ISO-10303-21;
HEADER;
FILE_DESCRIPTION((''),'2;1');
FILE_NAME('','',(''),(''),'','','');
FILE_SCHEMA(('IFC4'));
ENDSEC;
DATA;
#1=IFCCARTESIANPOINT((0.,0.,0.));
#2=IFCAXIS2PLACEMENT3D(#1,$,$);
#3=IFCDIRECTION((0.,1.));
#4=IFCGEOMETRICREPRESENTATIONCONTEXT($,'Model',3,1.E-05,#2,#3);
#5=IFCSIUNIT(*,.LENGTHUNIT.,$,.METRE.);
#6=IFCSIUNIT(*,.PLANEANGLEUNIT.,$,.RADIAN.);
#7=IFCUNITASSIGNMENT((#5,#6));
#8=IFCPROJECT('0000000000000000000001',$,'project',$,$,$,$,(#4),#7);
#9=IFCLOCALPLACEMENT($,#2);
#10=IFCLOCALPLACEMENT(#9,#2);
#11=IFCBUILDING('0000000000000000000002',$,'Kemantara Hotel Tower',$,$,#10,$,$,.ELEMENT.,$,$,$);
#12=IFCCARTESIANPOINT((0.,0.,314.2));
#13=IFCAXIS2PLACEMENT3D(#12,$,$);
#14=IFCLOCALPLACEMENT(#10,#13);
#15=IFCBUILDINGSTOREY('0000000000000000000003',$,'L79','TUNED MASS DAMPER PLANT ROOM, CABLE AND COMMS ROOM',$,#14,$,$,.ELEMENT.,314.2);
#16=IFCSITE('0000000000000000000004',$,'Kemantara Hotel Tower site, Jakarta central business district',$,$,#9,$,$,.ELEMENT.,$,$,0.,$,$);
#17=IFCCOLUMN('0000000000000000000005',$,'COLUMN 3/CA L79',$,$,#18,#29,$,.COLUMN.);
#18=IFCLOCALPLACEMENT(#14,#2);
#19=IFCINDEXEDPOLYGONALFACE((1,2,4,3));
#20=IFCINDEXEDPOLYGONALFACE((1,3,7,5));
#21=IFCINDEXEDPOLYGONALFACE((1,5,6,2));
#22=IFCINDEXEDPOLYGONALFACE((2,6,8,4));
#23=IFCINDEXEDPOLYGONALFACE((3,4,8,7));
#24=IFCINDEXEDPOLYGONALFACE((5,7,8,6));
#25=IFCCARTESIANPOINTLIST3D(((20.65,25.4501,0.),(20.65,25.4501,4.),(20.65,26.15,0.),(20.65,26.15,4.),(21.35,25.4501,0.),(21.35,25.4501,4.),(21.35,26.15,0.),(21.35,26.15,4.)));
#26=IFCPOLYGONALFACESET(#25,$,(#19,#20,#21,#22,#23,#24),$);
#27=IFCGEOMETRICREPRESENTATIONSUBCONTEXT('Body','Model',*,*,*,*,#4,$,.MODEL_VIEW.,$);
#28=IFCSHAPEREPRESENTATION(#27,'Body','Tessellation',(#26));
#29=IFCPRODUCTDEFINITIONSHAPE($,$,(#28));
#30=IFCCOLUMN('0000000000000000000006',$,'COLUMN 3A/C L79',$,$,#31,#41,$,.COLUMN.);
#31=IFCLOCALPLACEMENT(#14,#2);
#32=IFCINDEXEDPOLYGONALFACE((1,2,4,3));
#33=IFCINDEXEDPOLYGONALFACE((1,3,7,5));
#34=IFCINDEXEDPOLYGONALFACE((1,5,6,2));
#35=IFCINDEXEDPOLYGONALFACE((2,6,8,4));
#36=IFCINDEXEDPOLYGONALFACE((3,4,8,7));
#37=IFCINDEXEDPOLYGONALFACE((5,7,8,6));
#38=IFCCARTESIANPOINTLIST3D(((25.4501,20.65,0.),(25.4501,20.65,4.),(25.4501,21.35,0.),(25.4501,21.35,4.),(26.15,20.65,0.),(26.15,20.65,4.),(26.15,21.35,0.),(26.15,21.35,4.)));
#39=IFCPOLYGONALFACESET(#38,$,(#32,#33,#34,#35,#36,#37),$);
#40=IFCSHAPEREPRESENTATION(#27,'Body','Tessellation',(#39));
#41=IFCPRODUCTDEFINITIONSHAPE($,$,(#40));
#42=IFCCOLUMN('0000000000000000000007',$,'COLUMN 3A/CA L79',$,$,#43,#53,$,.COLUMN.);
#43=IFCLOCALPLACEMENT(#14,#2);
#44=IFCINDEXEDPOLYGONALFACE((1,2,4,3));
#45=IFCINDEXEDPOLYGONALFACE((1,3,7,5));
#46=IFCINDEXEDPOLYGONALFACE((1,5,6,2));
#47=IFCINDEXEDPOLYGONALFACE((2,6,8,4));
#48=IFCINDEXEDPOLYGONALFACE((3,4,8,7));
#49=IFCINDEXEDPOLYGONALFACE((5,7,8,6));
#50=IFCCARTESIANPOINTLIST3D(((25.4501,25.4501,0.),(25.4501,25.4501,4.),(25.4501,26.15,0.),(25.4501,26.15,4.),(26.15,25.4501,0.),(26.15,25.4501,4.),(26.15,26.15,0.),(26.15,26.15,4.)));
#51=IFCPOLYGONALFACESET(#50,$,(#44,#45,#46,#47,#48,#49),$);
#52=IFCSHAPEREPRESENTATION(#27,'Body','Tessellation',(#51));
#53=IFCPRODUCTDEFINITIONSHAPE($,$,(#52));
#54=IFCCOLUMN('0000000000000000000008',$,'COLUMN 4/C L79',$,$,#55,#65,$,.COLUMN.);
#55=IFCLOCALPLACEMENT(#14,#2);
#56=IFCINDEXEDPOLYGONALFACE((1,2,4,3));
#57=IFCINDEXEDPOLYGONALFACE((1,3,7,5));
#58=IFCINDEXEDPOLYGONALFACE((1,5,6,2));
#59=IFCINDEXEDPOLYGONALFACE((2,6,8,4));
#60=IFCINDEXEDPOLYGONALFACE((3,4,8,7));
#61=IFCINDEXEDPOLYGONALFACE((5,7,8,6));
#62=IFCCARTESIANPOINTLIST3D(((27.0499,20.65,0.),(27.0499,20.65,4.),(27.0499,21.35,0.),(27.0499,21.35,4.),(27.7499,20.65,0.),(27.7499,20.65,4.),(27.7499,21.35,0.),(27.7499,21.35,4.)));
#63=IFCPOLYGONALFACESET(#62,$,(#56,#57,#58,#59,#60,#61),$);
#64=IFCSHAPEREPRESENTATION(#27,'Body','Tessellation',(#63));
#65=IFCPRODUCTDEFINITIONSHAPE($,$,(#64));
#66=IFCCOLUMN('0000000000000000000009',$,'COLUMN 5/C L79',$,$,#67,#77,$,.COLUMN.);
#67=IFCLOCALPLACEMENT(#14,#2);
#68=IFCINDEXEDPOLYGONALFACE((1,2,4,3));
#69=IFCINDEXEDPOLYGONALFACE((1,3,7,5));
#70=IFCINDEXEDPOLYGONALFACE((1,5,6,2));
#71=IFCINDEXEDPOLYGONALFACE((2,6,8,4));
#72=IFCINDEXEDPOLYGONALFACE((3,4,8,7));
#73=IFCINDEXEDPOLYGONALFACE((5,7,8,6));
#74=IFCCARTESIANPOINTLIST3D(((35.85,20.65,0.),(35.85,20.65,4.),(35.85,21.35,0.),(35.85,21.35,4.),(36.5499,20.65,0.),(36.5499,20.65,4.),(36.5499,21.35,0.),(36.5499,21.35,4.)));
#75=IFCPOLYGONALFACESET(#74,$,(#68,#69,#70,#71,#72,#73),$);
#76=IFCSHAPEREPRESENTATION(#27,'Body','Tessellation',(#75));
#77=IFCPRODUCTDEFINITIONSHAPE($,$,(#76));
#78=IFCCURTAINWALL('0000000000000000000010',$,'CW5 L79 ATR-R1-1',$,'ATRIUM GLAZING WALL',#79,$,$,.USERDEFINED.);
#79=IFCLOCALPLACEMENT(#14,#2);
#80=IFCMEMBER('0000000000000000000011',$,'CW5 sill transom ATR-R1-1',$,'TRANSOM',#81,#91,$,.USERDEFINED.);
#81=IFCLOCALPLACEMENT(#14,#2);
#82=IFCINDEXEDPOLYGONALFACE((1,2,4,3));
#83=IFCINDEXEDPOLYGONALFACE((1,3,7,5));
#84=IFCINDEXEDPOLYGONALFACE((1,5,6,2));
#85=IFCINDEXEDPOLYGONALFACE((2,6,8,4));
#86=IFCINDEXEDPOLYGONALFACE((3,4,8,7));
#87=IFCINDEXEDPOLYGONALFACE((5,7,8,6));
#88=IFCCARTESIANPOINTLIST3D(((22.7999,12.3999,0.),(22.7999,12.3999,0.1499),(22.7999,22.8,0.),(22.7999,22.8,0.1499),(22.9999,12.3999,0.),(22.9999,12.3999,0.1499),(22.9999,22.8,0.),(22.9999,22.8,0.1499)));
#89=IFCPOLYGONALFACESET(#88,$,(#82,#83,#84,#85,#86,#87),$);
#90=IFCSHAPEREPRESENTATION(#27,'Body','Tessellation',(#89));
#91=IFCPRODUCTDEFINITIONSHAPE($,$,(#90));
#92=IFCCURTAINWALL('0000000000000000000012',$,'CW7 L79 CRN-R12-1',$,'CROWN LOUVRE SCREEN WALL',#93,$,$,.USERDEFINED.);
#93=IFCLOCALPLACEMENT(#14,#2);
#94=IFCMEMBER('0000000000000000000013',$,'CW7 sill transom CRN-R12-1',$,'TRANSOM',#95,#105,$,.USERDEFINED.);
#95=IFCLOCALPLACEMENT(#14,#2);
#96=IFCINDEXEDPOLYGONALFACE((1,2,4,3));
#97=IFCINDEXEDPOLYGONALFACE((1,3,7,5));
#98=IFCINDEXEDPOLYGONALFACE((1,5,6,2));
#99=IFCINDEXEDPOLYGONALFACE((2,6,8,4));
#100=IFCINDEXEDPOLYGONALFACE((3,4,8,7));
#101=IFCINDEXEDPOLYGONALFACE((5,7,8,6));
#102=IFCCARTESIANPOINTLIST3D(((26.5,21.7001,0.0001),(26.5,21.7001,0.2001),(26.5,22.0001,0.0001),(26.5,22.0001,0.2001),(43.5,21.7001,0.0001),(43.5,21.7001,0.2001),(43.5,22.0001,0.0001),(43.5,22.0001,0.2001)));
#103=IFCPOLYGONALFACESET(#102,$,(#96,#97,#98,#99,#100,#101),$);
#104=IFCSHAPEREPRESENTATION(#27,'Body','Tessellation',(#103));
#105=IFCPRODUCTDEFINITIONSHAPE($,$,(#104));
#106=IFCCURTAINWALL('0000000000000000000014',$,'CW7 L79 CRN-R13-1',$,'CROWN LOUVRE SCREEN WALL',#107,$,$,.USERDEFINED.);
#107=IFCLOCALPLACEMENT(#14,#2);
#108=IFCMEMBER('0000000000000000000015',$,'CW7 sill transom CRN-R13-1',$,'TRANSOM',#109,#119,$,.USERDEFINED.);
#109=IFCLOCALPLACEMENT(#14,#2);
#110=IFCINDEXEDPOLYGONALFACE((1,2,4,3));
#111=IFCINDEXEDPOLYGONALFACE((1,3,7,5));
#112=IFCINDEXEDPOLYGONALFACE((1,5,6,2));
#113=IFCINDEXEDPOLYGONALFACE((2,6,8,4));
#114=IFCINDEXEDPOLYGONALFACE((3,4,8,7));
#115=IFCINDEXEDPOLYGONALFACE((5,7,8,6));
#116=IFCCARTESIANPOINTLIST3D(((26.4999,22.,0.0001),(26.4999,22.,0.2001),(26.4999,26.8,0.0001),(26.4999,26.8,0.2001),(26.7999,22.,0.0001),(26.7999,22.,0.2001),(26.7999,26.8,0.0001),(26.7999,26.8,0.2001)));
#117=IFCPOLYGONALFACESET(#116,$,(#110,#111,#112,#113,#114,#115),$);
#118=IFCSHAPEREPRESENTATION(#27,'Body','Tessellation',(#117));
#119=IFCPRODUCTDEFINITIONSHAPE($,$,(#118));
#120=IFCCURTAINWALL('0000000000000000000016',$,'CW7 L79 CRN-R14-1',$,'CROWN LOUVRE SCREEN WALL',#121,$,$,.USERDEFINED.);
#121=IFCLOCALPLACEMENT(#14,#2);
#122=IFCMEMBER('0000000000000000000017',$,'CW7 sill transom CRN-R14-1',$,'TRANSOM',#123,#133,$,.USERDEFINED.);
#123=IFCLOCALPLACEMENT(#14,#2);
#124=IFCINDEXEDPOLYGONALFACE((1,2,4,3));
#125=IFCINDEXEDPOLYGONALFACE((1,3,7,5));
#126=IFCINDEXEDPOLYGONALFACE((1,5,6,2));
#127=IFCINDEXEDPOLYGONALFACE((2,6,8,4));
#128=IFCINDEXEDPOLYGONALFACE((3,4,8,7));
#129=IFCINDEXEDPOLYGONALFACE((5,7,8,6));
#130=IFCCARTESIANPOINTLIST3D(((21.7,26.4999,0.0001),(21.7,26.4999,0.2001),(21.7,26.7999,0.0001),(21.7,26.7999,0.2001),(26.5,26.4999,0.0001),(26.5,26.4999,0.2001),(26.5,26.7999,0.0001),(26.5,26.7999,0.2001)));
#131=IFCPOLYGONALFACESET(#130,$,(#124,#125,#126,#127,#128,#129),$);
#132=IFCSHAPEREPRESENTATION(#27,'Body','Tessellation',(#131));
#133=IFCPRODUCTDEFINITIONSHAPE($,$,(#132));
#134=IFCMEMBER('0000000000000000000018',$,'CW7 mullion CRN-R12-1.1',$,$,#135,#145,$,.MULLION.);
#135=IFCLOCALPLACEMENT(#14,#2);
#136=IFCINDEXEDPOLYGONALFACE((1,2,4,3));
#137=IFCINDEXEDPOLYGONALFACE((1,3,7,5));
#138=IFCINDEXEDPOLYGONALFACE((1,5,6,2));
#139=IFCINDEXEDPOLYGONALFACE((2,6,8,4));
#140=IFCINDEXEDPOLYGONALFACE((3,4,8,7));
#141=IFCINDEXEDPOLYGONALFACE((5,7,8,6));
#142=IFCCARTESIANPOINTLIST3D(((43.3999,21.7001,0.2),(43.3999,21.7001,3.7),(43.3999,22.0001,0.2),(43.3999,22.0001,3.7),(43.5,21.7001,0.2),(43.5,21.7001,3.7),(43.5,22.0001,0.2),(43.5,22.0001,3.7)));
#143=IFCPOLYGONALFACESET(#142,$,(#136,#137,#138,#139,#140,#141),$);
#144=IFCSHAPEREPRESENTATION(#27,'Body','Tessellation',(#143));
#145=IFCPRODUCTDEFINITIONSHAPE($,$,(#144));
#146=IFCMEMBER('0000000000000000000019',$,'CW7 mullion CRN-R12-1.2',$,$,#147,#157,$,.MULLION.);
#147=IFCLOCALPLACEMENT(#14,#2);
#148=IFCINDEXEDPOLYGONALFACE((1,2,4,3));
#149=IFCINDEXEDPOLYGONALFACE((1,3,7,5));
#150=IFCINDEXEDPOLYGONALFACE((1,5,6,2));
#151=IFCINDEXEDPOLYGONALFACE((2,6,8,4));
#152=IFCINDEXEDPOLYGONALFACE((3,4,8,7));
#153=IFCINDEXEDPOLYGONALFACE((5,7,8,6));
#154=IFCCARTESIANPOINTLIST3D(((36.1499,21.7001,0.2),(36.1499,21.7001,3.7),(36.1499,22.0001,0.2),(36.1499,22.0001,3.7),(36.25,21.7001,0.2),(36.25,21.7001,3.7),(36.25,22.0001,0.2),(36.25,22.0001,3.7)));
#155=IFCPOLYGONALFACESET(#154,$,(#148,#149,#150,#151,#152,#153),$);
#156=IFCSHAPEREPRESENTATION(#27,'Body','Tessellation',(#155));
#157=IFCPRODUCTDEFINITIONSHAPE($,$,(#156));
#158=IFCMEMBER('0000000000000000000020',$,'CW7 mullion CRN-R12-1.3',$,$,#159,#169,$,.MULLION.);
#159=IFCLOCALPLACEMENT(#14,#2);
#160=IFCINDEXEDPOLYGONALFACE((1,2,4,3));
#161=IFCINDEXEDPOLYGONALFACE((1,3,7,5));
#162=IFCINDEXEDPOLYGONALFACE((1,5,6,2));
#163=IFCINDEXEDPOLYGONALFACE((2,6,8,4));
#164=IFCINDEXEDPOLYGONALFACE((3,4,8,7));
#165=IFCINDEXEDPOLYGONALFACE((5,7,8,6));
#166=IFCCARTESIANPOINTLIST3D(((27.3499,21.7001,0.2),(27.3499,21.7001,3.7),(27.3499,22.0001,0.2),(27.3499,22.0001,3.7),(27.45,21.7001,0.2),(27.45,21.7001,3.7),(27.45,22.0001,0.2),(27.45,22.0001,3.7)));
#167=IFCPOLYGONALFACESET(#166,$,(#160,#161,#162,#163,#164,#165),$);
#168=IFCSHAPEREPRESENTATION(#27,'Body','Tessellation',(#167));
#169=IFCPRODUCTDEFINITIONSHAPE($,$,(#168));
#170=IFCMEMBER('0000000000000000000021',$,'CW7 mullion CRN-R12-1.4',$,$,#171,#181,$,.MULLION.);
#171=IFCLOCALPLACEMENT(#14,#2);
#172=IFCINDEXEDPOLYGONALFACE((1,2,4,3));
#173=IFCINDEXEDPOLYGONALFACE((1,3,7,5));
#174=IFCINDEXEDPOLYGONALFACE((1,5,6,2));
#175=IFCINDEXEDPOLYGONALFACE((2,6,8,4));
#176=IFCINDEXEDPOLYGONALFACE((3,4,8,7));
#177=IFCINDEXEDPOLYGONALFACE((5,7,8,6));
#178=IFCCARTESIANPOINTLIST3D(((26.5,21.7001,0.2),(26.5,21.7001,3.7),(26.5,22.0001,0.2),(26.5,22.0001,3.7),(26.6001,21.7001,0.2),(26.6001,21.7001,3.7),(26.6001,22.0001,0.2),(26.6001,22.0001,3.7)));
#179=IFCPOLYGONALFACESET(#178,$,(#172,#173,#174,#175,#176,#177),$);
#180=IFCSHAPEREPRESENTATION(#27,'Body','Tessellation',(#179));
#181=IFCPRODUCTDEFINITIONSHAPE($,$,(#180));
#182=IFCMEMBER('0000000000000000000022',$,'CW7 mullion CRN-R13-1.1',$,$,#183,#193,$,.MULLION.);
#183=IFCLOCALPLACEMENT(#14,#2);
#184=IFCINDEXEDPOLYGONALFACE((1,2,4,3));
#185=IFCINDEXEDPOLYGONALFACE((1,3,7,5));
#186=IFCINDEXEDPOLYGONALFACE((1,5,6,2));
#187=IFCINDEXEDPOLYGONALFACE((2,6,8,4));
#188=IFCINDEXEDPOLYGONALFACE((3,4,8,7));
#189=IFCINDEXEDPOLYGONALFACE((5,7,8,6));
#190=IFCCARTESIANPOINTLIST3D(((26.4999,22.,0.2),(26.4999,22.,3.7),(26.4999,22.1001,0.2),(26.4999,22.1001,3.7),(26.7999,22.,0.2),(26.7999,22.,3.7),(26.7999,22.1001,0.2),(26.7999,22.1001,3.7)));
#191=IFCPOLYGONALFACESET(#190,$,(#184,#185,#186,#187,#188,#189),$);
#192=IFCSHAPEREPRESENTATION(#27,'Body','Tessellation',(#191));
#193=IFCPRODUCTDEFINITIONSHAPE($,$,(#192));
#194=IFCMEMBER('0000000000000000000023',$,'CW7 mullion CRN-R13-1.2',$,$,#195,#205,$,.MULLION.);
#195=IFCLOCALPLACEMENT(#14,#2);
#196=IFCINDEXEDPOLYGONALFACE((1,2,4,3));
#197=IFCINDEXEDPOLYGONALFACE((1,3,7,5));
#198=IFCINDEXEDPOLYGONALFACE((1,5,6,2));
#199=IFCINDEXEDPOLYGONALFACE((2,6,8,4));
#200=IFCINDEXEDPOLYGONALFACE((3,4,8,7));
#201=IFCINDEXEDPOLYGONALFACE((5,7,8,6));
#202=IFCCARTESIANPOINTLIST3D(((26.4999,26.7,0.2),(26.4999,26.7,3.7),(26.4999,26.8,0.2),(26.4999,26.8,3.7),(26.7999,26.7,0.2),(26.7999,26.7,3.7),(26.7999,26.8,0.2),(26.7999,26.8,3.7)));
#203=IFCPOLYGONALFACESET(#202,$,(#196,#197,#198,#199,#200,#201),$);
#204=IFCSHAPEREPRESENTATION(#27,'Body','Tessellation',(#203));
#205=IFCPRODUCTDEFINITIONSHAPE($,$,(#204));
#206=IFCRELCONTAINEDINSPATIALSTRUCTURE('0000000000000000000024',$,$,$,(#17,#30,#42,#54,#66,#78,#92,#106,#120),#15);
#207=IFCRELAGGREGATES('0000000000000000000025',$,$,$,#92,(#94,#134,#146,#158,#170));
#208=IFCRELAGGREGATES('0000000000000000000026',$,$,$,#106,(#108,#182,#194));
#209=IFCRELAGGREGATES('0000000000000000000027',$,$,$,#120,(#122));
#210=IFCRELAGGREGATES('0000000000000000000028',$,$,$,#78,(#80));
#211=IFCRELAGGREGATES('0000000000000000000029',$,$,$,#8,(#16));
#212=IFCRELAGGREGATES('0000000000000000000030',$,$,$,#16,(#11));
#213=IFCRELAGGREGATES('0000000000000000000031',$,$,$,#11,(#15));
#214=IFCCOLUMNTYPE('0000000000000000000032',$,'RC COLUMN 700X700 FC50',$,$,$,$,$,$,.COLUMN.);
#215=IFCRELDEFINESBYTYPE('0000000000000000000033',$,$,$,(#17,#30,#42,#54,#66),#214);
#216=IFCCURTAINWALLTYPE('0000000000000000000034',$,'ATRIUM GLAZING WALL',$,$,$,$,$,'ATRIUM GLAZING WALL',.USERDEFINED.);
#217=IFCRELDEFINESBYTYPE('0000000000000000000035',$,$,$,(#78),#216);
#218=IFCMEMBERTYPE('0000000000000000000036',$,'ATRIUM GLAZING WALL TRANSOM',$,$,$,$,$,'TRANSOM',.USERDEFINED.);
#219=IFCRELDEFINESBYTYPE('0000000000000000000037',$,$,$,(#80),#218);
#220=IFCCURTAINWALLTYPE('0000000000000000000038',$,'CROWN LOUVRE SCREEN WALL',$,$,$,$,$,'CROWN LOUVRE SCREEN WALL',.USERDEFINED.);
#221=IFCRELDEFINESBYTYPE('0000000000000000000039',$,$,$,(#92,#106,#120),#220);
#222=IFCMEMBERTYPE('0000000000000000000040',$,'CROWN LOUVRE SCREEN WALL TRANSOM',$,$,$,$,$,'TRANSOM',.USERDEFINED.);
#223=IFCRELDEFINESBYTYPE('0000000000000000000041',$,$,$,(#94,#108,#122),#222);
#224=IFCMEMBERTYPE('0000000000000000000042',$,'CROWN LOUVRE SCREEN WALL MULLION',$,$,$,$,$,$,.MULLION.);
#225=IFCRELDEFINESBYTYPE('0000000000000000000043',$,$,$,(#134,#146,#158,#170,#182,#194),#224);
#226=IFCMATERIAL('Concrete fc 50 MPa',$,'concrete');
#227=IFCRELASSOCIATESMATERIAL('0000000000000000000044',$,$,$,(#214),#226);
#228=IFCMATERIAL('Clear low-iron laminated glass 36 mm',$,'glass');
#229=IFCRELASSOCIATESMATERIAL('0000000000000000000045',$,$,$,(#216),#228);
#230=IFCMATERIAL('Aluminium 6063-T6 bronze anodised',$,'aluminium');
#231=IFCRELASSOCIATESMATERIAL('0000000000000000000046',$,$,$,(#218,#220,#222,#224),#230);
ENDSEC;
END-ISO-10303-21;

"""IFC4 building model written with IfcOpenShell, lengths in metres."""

from ifc_helpers import new_model, si_unit, direction, frame, origin, origin_2d, place, context, subcontext, project, spatial, rectangle, extrude, source, transform, mapped, material, material_profile, profile_set, type_object, element, aggregate, save


model = new_model("IFC4")

# Units and contexts
model_context = context("Model", 3, precision=1e-05, world=origin(), true_north=direction((0.0, 1.0)))
body_context = subcontext(model_context, "Body", "Model", "MODEL_VIEW")
ifc_project = project(units=[si_unit("LENGTHUNIT", "METRE"), si_unit("PLANEANGLEUNIT", "RADIAN")], contexts=[model_context])

# Site, building, storey
site_placement = place(None, origin())
site = spatial("IfcSite", under=ifc_project, at=site_placement, Name="Kemantara Hotel Tower site, Jakarta central business district", CompositionType="ELEMENT", RefElevation=0.0)
building_placement = place(site_placement, origin())
building = spatial("IfcBuilding", under=site, at=building_placement, Name="Kemantara Hotel Tower", CompositionType="ELEMENT")
storey_placement = place(building_placement, frame((0.0, 0.0, 314.2)))
storey = spatial("IfcBuildingStorey", under=building, at=storey_placement, Name="L79", Description="TUNED MASS DAMPER PLANT ROOM, CABLE AND COMMS ROOM", CompositionType="ELEMENT", Elevation=314.2)

# Columns
ifc_material_1 = material(Name="Concrete fc 50 MPa", Category="concrete")
ifc_material_profile_1 = material_profile(ifc_material_1, rectangle(XDim=0.7, YDim=0.7, at=origin_2d()), Name="RC 700X700")
ifc_profile_set_1 = profile_set([ifc_material_profile_1], Name="Concrete fc 50 MPa")
column_type = type_object("IfcColumnType", Name="RC COLUMN 700X700 FC50", PredefinedType="COLUMN", material=ifc_profile_set_1)
for number, where, z_axis, x_axis, name in (
    (1, (21.0, 25.8, 0.0), (0.0, 0.0, 1.0), (1.0, 0.0, 0.0), "COLUMN 3/CA L79"),
    (2, (25.8, 21.0, 0.0), (0.0, 0.0, 1.0), (1.0, 0.0, 0.0), "COLUMN 3A/C L79"),
    (3, (25.8, 25.8, 0.0), (0.0, 0.0, 1.0), (1.0, 0.0, 0.0), "COLUMN 3A/CA L79"),
    (4, (27.3999, 21.0, 0.0), (0.0, 0.0, 1.0), (1.0, 0.0, 0.0), "COLUMN 4/C L79"),
    (5, (36.2, 21.0, 0.0), (0.0, 0.0, 1.0), (1.0, 0.0, 0.0), "COLUMN 5/C L79"),
):
    element("IfcColumn", number, at=place(storey_placement, frame(where, z_axis=z_axis, x_axis=x_axis)), inside=storey, type_object=column_type, Name=name, PredefinedType="COLUMN", context=body_context, shape_type="SweptSolid", body=[
        extrude(rectangle(XDim=0.7, YDim=0.7, at=origin_2d()), origin(), (0.0, 0.0, 1.0), 4.0),
    ])

# Curtain walls, members
ifc_material_2 = material(Name="Clear low-iron laminated glass 36 mm", Category="glass")
curtain_wall_type_1 = type_object("IfcCurtainWallType", Name="ATRIUM GLAZING WALL", ElementType="ATRIUM GLAZING WALL", PredefinedType="USERDEFINED", material=ifc_material_2)
curtain_wall_1_placement = place(storey_placement, origin())
curtain_wall_1 = element("IfcCurtainWall", 6, at=curtain_wall_1_placement, inside=storey, type_object=curtain_wall_type_1, Name="CW5 L79 ATR-R1-1", ObjectType="ATRIUM GLAZING WALL", PredefinedType="USERDEFINED")
ifc_material_3 = material(Name="Aluminium 6063-T6 bronze anodised", Category="aluminium")
ifc_material_profile_2 = material_profile(ifc_material_3, rectangle(XDim=0.2, YDim=0.1499, at=origin_2d()), Name="ATRIUM GLAZING WALL TRANSOM")
ifc_profile_set_2 = profile_set([ifc_material_profile_2], Name="Aluminium 6063-T6 bronze anodised")
member_type_1 = type_object("IfcMemberType", Name="ATRIUM GLAZING WALL TRANSOM", ElementType="TRANSOM", PredefinedType="USERDEFINED", material=ifc_profile_set_2)
member_1_placement = place(storey_placement, frame((22.8999, 22.8, 0.075), z_axis=(0.0, -1.0, 0.0), x_axis=(1.0, 0.0, 0.0)))
member_1 = element("IfcMember", 7, at=member_1_placement, type_object=member_type_1, Name="CW5 sill transom ATR-R1-1", ObjectType="TRANSOM", PredefinedType="USERDEFINED", context=body_context, shape_type="SweptSolid", body=[
    extrude(rectangle(XDim=0.2, YDim=0.1499, at=origin_2d()), origin(), (0.0, 0.0, 1.0), 10.4001),
])
curtain_wall_type_2 = type_object("IfcCurtainWallType", Name="CROWN LOUVRE SCREEN WALL", ElementType="CROWN LOUVRE SCREEN WALL", PredefinedType="USERDEFINED", material=ifc_material_3)
curtain_wall_2_placement = place(storey_placement, origin())
curtain_wall_2 = element("IfcCurtainWall", 8, at=curtain_wall_2_placement, inside=storey, type_object=curtain_wall_type_2, Name="CW7 L79 CRN-R12-1", ObjectType="CROWN LOUVRE SCREEN WALL", PredefinedType="USERDEFINED")
ifc_material_profile_3 = material_profile(ifc_material_3, rectangle(XDim=0.3, YDim=0.2, at=origin_2d()), Name="CROWN LOUVRE SCREEN WALL TRANSOM")
ifc_profile_set_3 = profile_set([ifc_material_profile_3], Name="Aluminium 6063-T6 bronze anodised")
member_type_2 = type_object("IfcMemberType", Name="CROWN LOUVRE SCREEN WALL TRANSOM", ElementType="TRANSOM", PredefinedType="USERDEFINED", material=ifc_profile_set_3)
member_2_placement = place(storey_placement, frame((43.5, 21.8501, 0.1001), z_axis=(-1.0, 0.0, 0.0), x_axis=(0.0, -1.0, 0.0)))
member_2 = element("IfcMember", 9, at=member_2_placement, type_object=member_type_2, Name="CW7 sill transom CRN-R12-1", ObjectType="TRANSOM", PredefinedType="USERDEFINED", context=body_context, shape_type="SweptSolid", body=[
    extrude(rectangle(XDim=0.3, YDim=0.2, at=origin_2d()), origin(), (0.0, 0.0, 1.0), 17.0),
])
curtain_wall_3_placement = place(storey_placement, origin())
curtain_wall_3 = element("IfcCurtainWall", 10, at=curtain_wall_3_placement, inside=storey, type_object=curtain_wall_type_2, Name="CW7 L79 CRN-R13-1", ObjectType="CROWN LOUVRE SCREEN WALL", PredefinedType="USERDEFINED")
member_3_placement = place(storey_placement, frame((26.6499, 22.0, 0.1001), z_axis=(0.0, 1.0, 0.0), x_axis=(-1.0, 0.0, 0.0)))
member_3 = element("IfcMember", 11, at=member_3_placement, type_object=member_type_2, Name="CW7 sill transom CRN-R13-1", ObjectType="TRANSOM", PredefinedType="USERDEFINED", context=body_context, shape_type="SweptSolid", body=[
    extrude(rectangle(XDim=0.3, YDim=0.2, at=origin_2d()), origin(), (0.0, 0.0, 1.0), 4.8),
])
curtain_wall_4_placement = place(storey_placement, origin())
curtain_wall_4 = element("IfcCurtainWall", 12, at=curtain_wall_4_placement, inside=storey, type_object=curtain_wall_type_2, Name="CW7 L79 CRN-R14-1", ObjectType="CROWN LOUVRE SCREEN WALL", PredefinedType="USERDEFINED")
member_4_placement = place(storey_placement, frame((26.5, 26.6499, 0.1001), z_axis=(-1.0, 0.0, 0.0), x_axis=(0.0, -1.0, 0.0)))
member_4 = element("IfcMember", 13, at=member_4_placement, type_object=member_type_2, Name="CW7 sill transom CRN-R14-1", ObjectType="TRANSOM", PredefinedType="USERDEFINED", context=body_context, shape_type="SweptSolid", body=[
    extrude(rectangle(XDim=0.3, YDim=0.2, at=origin_2d()), origin(), (0.0, 0.0, 1.0), 4.8),
])

# Members
ifc_material_profile_4 = material_profile(ifc_material_3, rectangle(XDim=0.3, YDim=0.1001, at=origin_2d()), Name="CROWN LOUVRE SCREEN WALL MULLION")
ifc_profile_set_4 = profile_set([ifc_material_profile_4], Name="Aluminium 6063-T6 bronze anodised")
member_type_3 = type_object("IfcMemberType", Name="CROWN LOUVRE SCREEN WALL MULLION", PredefinedType="MULLION", material=ifc_profile_set_4)
shared_shape_1 = source(origin(), body_context, "Body", "SweptSolid", [
    extrude(rectangle(XDim=0.3, YDim=0.1001, at=origin_2d()), origin(), (0.0, 0.0, 1.0), 3.5),
])
member_5_placement = place(storey_placement, frame((43.45, 21.8501, 0.2), z_axis=(0.0, 0.0, 1.0), x_axis=(0.0, -1.0, 0.0)))
member_5 = element("IfcMember", 14, at=member_5_placement, type_object=member_type_3, Name="CW7 mullion CRN-R12-1.1", PredefinedType="MULLION", context=body_context, shape_type="MappedRepresentation", body=[
    mapped(shared_shape_1, transform((0.0, 0.0, 0.0))),
])
member_6_placement = place(storey_placement, frame((36.2, 21.8501, 0.2), z_axis=(0.0, 0.0, 1.0), x_axis=(0.0, -1.0, 0.0)))
member_6 = element("IfcMember", 15, at=member_6_placement, type_object=member_type_3, Name="CW7 mullion CRN-R12-1.2", PredefinedType="MULLION", context=body_context, shape_type="MappedRepresentation", body=[
    mapped(shared_shape_1, transform((0.0, 0.0, 0.0))),
])
member_7_placement = place(storey_placement, frame((27.3999, 21.8501, 0.2), z_axis=(0.0, 0.0, 1.0), x_axis=(0.0, -1.0, 0.0)))
member_7 = element("IfcMember", 16, at=member_7_placement, type_object=member_type_3, Name="CW7 mullion CRN-R12-1.3", PredefinedType="MULLION", context=body_context, shape_type="MappedRepresentation", body=[
    mapped(shared_shape_1, transform((0.0, 0.0, 0.0))),
])
member_8_placement = place(storey_placement, frame((26.55, 21.8501, 0.2), z_axis=(0.0, 0.0, 1.0), x_axis=(0.0, -1.0, 0.0)))
member_8 = element("IfcMember", 17, at=member_8_placement, type_object=member_type_3, Name="CW7 mullion CRN-R12-1.4", PredefinedType="MULLION", context=body_context, shape_type="MappedRepresentation", body=[
    mapped(shared_shape_1, transform((0.0, 0.0, 0.0))),
])
member_9_placement = place(storey_placement, frame((26.6499, 22.05, 0.2), z_axis=(0.0, 0.0, 1.0), x_axis=(-1.0, 0.0, 0.0)))
member_9 = element("IfcMember", 18, at=member_9_placement, type_object=member_type_3, Name="CW7 mullion CRN-R13-1.1", PredefinedType="MULLION", context=body_context, shape_type="MappedRepresentation", body=[
    mapped(shared_shape_1, transform((0.0, 0.0, 0.0))),
])
member_10_placement = place(storey_placement, frame((26.6499, 26.75, 0.2), z_axis=(0.0, 0.0, 1.0), x_axis=(-1.0, 0.0, 0.0)))
member_10 = element("IfcMember", 19, at=member_10_placement, type_object=member_type_3, Name="CW7 mullion CRN-R13-1.2", PredefinedType="MULLION", context=body_context, shape_type="MappedRepresentation", body=[
    mapped(shared_shape_1, transform((0.0, 0.0, 0.0))),
])

aggregate(curtain_wall_2, [member_2, member_5, member_6, member_7, member_8])
aggregate(curtain_wall_3, [member_3, member_9, member_10])
aggregate(curtain_wall_4, [member_4])
aggregate(curtain_wall_1, [member_1])

save(model, "model.ifc")
